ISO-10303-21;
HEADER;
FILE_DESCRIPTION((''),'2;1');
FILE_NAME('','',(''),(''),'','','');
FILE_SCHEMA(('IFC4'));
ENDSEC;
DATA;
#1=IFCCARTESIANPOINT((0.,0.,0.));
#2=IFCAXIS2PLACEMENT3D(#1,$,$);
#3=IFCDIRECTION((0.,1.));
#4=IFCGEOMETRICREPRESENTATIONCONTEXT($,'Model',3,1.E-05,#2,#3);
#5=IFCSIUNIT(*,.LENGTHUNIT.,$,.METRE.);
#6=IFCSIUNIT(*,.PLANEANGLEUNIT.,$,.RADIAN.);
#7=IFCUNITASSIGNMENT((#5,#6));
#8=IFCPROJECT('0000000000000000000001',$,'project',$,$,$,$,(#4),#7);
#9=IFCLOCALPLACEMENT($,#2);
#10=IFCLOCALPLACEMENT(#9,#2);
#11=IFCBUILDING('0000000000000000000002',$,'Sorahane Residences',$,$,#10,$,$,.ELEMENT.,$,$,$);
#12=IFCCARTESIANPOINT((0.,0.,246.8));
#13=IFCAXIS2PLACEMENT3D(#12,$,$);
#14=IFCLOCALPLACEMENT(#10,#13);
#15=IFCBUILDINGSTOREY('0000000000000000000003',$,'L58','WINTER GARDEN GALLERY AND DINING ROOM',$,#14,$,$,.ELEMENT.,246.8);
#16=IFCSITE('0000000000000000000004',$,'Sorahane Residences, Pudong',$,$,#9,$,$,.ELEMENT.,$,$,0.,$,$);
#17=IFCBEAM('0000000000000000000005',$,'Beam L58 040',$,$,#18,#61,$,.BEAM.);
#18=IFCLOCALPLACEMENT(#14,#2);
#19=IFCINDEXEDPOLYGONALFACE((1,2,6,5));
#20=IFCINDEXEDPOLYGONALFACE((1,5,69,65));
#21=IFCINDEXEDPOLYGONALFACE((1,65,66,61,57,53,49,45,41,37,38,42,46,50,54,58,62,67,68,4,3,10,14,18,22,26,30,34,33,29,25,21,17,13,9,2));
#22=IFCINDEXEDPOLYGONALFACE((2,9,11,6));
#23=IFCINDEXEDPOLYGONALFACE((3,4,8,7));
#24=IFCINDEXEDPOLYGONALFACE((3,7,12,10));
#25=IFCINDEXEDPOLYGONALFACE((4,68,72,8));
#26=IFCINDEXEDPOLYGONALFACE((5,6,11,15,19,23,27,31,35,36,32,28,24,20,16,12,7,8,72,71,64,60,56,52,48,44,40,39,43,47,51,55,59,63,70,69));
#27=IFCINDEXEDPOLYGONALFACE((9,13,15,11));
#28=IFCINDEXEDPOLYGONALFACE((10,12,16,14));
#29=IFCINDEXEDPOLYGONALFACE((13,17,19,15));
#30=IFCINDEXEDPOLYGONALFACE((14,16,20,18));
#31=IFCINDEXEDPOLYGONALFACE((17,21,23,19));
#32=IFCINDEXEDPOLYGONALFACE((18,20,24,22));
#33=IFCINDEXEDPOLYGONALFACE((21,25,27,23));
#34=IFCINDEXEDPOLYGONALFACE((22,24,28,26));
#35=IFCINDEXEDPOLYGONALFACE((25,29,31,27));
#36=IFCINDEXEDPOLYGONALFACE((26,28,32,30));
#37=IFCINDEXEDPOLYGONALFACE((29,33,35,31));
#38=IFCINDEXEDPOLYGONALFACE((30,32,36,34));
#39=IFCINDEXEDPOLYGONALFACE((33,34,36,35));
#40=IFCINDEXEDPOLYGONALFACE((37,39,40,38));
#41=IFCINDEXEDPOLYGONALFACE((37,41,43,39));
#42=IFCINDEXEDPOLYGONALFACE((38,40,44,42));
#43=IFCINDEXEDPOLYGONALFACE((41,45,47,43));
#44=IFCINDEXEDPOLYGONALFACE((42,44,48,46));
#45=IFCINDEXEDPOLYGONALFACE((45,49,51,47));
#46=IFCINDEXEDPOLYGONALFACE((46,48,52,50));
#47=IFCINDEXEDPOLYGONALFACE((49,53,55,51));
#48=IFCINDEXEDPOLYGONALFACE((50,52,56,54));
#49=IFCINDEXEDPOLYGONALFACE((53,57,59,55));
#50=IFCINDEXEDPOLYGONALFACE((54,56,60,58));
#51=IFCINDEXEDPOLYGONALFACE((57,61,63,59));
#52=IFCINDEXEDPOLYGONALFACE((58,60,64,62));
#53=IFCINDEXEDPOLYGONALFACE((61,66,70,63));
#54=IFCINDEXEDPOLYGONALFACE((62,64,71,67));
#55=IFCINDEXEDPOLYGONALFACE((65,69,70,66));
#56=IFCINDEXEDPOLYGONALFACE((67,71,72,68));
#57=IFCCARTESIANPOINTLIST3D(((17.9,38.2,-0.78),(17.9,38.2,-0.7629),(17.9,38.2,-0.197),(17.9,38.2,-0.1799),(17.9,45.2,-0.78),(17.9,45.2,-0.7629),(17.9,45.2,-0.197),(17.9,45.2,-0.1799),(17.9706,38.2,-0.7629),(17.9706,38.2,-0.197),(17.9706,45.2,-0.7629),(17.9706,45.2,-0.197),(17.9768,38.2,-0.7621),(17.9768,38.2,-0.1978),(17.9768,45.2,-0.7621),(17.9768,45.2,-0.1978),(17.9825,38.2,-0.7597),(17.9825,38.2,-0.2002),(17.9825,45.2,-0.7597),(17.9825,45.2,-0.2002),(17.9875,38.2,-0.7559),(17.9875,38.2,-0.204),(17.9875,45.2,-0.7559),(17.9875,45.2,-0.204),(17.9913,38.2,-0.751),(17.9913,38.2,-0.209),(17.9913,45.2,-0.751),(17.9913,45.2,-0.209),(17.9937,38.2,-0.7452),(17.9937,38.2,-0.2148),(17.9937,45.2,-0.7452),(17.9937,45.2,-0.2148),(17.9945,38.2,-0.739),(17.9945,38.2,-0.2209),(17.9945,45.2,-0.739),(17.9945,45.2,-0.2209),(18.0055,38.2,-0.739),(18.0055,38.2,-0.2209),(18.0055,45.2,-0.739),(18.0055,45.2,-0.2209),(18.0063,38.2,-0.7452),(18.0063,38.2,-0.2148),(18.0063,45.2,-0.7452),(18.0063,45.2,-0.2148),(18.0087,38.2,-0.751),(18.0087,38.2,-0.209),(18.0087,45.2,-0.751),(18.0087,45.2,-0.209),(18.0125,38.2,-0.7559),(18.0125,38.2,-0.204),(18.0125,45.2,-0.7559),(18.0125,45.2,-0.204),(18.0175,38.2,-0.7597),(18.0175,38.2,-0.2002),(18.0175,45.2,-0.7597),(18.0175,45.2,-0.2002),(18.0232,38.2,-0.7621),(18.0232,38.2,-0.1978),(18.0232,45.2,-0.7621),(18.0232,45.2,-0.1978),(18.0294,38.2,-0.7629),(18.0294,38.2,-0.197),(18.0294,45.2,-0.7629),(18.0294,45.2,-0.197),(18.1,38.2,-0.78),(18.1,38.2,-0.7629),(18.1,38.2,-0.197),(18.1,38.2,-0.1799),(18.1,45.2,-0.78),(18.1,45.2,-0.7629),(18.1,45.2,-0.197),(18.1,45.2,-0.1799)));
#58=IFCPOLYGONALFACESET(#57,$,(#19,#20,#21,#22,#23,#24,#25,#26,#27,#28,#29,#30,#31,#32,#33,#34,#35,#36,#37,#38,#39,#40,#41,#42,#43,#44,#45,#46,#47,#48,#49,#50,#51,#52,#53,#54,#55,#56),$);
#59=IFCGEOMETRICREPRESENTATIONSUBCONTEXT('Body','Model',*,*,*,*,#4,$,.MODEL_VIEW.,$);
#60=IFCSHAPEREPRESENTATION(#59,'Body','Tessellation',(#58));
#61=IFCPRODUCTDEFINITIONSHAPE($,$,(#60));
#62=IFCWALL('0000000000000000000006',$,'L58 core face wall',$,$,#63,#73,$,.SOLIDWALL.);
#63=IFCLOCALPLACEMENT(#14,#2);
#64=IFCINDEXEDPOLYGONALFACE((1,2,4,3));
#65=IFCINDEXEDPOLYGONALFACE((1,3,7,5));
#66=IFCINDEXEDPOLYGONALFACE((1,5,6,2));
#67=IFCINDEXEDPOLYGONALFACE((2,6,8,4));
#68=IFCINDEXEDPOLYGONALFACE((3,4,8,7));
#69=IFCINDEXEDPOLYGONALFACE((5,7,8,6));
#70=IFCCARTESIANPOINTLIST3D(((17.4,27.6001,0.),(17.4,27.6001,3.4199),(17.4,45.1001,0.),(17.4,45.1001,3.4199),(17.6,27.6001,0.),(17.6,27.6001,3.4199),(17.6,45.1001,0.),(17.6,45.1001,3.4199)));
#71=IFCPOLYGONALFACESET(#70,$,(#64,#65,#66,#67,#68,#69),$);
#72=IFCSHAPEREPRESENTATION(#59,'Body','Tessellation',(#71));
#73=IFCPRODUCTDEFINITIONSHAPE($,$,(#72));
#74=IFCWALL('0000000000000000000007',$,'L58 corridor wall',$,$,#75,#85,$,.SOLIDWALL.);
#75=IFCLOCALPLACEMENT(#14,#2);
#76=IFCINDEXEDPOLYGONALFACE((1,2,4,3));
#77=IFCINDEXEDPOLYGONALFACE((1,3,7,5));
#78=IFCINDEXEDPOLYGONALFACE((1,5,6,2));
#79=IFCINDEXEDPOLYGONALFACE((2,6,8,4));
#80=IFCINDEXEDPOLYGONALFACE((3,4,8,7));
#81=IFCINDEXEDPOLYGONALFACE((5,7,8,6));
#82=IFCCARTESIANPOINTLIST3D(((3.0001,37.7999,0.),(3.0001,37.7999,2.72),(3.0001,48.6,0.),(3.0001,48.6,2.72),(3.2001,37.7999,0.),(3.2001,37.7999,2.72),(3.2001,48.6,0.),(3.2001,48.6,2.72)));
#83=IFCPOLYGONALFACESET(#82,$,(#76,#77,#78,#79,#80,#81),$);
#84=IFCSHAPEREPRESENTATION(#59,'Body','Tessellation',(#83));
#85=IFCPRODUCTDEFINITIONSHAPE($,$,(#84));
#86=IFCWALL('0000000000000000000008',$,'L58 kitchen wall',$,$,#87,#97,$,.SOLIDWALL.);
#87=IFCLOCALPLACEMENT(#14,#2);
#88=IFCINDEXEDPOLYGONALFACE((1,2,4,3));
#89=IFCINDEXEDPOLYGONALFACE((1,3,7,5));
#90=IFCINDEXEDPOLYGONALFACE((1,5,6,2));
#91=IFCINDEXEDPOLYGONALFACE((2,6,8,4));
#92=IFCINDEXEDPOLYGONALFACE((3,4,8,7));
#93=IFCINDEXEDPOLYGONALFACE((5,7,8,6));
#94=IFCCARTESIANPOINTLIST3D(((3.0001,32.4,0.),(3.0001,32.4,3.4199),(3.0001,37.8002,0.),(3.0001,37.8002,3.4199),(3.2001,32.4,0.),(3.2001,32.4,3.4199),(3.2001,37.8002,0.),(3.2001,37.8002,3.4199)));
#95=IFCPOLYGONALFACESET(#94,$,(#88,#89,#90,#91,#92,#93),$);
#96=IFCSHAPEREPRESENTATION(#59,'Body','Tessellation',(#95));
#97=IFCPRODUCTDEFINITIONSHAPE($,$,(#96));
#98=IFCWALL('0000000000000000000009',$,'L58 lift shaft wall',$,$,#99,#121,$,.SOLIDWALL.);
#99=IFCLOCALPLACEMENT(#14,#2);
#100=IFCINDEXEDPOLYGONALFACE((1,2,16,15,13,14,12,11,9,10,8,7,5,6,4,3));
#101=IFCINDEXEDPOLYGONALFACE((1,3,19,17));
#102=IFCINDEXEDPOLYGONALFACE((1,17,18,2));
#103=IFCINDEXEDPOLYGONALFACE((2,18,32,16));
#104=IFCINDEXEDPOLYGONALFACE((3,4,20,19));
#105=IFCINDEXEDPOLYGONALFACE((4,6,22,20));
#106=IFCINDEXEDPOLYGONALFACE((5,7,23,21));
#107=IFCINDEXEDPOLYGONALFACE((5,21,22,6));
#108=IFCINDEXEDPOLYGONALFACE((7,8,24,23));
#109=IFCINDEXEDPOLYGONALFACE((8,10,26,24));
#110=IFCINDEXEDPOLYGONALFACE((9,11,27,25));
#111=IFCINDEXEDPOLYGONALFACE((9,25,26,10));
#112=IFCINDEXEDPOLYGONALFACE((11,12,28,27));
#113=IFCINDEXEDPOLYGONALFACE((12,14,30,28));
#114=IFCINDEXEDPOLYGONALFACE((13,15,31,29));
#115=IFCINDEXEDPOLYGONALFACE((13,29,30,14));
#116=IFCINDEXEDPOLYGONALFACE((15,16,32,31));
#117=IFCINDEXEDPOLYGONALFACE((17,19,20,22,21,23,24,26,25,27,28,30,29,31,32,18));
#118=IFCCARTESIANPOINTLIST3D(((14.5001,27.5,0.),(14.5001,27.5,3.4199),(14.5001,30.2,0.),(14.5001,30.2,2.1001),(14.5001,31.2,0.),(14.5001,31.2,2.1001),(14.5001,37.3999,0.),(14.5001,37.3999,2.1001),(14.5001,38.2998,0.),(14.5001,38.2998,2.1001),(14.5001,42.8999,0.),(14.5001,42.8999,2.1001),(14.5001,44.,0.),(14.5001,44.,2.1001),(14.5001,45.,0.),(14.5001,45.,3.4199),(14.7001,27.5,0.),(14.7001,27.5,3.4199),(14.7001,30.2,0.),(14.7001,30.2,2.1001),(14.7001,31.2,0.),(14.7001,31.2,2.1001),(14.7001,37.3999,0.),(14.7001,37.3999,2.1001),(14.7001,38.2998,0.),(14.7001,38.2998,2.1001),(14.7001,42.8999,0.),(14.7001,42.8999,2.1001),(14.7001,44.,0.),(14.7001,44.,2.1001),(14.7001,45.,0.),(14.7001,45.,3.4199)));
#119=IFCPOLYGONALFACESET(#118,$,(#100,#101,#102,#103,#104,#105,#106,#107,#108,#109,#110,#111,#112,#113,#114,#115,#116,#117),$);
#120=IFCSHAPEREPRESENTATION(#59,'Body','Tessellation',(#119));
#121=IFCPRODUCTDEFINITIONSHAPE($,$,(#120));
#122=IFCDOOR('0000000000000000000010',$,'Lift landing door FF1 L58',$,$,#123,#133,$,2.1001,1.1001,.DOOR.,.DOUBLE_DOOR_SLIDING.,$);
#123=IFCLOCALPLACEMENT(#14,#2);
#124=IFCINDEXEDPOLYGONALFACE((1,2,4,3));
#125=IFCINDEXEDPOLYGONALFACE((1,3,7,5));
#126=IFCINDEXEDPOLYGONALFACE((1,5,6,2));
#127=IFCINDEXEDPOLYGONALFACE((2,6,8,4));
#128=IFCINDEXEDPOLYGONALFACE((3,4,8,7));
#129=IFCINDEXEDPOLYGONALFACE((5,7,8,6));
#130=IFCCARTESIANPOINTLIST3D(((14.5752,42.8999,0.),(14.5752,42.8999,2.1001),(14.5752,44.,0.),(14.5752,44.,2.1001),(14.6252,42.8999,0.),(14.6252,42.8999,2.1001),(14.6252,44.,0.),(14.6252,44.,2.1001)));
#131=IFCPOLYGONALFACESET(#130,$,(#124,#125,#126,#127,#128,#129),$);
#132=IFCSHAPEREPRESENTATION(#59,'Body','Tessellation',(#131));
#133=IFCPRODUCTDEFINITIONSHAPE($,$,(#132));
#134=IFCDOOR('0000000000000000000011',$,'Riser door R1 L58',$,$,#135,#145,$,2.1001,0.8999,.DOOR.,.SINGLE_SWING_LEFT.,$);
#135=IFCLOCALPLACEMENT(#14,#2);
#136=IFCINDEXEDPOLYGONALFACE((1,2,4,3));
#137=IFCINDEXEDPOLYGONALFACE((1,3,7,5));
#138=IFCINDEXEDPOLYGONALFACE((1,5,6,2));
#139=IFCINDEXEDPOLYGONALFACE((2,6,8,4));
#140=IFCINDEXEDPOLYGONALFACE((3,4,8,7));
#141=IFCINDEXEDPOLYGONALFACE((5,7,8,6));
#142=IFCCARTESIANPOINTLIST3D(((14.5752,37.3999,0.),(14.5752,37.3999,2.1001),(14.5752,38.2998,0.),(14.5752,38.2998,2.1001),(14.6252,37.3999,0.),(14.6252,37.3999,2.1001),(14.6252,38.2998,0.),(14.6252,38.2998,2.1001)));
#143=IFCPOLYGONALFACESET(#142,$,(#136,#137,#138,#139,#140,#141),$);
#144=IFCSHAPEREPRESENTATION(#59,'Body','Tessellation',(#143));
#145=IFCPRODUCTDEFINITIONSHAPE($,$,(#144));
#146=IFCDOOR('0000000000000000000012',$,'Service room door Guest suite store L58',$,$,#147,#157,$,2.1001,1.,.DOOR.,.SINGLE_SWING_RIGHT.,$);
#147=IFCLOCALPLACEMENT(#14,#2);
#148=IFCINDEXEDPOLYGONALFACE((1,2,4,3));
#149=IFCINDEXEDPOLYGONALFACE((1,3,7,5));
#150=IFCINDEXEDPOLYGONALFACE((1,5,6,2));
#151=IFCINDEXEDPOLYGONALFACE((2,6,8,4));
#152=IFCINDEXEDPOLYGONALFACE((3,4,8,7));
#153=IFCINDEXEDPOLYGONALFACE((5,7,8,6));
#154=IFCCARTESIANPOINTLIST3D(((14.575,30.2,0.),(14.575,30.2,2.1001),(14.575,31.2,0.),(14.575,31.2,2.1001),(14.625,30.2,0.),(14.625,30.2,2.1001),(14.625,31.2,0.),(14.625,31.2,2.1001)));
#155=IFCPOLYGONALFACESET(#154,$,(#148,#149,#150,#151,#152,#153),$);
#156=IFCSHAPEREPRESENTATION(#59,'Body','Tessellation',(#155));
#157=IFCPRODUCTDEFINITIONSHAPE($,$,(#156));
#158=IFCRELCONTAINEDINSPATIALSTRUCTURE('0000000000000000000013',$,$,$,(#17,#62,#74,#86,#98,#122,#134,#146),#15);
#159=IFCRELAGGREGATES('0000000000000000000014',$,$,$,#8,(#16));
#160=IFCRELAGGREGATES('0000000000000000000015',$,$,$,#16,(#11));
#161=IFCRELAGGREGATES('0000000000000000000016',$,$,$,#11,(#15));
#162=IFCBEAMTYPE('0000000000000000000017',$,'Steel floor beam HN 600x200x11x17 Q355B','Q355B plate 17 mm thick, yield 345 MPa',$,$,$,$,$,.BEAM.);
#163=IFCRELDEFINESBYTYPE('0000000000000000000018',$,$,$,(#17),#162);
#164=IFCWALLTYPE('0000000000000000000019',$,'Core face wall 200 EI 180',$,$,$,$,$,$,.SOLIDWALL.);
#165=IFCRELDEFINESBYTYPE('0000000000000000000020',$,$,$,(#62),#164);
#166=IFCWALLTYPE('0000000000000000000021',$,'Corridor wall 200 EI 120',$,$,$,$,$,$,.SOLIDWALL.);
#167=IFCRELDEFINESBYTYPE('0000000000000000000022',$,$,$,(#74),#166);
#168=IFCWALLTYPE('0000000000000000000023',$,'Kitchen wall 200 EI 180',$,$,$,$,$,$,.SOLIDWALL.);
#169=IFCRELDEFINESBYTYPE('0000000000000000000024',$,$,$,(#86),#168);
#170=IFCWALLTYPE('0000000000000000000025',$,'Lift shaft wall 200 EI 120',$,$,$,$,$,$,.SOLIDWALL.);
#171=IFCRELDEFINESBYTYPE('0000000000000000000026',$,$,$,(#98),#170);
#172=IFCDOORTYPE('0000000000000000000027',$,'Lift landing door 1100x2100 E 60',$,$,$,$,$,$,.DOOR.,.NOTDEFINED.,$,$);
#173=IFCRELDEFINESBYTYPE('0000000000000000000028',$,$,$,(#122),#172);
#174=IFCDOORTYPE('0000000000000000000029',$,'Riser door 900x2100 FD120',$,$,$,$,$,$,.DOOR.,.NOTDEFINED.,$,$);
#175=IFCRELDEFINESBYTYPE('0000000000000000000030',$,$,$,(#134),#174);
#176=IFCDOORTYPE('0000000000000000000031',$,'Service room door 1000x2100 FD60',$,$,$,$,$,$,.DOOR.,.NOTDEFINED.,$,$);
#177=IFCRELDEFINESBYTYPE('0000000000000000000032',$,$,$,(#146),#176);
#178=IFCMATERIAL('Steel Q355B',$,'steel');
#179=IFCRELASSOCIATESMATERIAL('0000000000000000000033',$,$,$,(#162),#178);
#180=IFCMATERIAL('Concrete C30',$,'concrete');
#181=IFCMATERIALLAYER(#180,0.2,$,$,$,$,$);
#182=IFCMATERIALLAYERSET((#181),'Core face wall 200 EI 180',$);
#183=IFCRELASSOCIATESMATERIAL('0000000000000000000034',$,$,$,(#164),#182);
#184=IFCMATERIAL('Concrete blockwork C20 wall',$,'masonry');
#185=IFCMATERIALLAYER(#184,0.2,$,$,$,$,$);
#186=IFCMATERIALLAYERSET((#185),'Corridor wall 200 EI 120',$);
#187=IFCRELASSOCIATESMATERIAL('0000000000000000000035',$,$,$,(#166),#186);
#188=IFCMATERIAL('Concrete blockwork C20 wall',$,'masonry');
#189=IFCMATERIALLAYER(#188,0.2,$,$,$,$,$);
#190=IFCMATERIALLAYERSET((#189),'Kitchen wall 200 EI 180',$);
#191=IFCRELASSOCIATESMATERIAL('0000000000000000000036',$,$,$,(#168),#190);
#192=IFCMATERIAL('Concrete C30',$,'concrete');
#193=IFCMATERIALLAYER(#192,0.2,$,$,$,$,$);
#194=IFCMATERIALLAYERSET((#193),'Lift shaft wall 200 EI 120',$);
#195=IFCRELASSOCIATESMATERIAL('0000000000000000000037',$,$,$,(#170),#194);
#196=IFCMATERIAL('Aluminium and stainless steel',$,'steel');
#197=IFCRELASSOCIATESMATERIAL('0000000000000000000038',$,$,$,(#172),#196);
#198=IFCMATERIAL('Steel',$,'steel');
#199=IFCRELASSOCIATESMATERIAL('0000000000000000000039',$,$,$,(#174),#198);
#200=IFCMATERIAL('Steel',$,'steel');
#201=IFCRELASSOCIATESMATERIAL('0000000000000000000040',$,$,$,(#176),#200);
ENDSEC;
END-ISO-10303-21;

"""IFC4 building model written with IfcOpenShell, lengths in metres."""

from ifc_helpers import new_model, si_unit, direction, frame, frame_2d, origin, origin_2d, place, context, subcontext, project, spatial, rectangle, i_section, extrude, material, layer, layer_set, material_profile, profile_set, type_object, element, fill, save


model = new_model("IFC4")

# Units and contexts
model_context = context("Model", 3, precision=1e-05, world=origin(), true_north=direction((0.0, 1.0)))
body_context = subcontext(model_context, "Body", "Model", "MODEL_VIEW")
ifc_project = project(units=[si_unit("LENGTHUNIT", "METRE"), si_unit("PLANEANGLEUNIT", "RADIAN")], contexts=[model_context])

# Site, building, storey
site_placement = place(None, origin())
site = spatial("IfcSite", under=ifc_project, at=site_placement, Name="Sorahane Residences, Pudong", CompositionType="ELEMENT", RefElevation=0.0)
building_placement = place(site_placement, origin())
building = spatial("IfcBuilding", under=site, at=building_placement, Name="Sorahane Residences", CompositionType="ELEMENT")
storey_placement = place(building_placement, frame((0.0, 0.0, 246.8)))
storey = spatial("IfcBuildingStorey", under=building, at=storey_placement, Name="L58", Description="WINTER GARDEN GALLERY AND DINING ROOM", CompositionType="ELEMENT", Elevation=246.8)

# Beam
ifc_material_1 = material(Name="Steel Q355B", Category="steel")
ifc_material_profile_1 = material_profile(ifc_material_1, i_section(OverallWidth=0.2, OverallDepth=0.6001, WebThickness=0.011, FlangeThickness=0.0171, FilletRadius=0.0239, at=origin_2d()), Name="HN 600x200x11x17")
ifc_profile_set_1 = profile_set([ifc_material_profile_1], Name="Steel Q355B")
beam_type_1 = type_object("IfcBeamType", Name="Steel floor beam HN 600x200x11x17 Q355B", Description="Q355B plate 17 mm thick, yield 345 MPa", PredefinedType="BEAM", material=ifc_profile_set_1)
for number, where, z_axis, x_axis, name in (
    (1, (18.0, 38.2, -0.48), (0.0, 1.0, 0.0), (-1.0, 0.0, 0.0), "Beam L58 040"),
):
    element("IfcBeam", number, at=place(storey_placement, frame(where, z_axis=z_axis, x_axis=x_axis)), inside=storey, type_object=beam_type_1, Name=name, PredefinedType="BEAM", context=body_context, shape_type="SweptSolid", body=[
        extrude(i_section(OverallWidth=0.2, OverallDepth=0.6001, WebThickness=0.011, FlangeThickness=0.0171, FilletRadius=0.0239, at=origin_2d()), origin(), (0.0, 0.0, 1.0), 7.0),
    ])

# Walls
ifc_material_2 = material(Name="Concrete C30", Category="concrete")
ifc_layer_1 = layer(ifc_material_2, 0.2)
ifc_layer_set_1 = layer_set([ifc_layer_1], Name="Core face wall 200 EI 180")
wall_type_1 = type_object("IfcWallType", Name="Core face wall 200 EI 180", PredefinedType="SOLIDWALL", material=ifc_layer_set_1)
wall_1_placement = place(storey_placement, frame((17.5, 27.6001, 0.0), z_axis=(0.0, 0.0, 1.0), x_axis=(0.0, 1.0, 0.0)))
element("IfcWall", 2, at=wall_1_placement, inside=storey, type_object=wall_type_1, Name="L58 core face wall", PredefinedType="SOLIDWALL", context=body_context, shape_type="SweptSolid", body=[
    extrude(rectangle(XDim=17.5, YDim=0.2, at=frame_2d((8.75, 0.0))), origin(), (0.0, 0.0, 1.0), 3.4199),
])
ifc_material_3 = material(Name="Concrete blockwork C20 wall", Category="masonry")
ifc_layer_2 = layer(ifc_material_3, 0.2)
ifc_layer_set_2 = layer_set([ifc_layer_2], Name="Corridor wall 200 EI 120")
wall_type_2 = type_object("IfcWallType", Name="Corridor wall 200 EI 120", PredefinedType="SOLIDWALL", material=ifc_layer_set_2)
wall_2_placement = place(storey_placement, frame((3.1001, 37.8, 0.0), z_axis=(0.0, 0.0, 1.0), x_axis=(0.0, 1.0, 0.0)))
element("IfcWall", 3, at=wall_2_placement, inside=storey, type_object=wall_type_2, Name="L58 corridor wall", PredefinedType="SOLIDWALL", context=body_context, shape_type="SweptSolid", body=[
    extrude(rectangle(XDim=10.8, YDim=0.2, at=frame_2d((5.3999, 0.0))), origin(), (0.0, 0.0, 1.0), 2.72),
])
ifc_material_4 = material(Name="Concrete blockwork C20 wall", Category="masonry")
ifc_layer_3 = layer(ifc_material_4, 0.2)
ifc_layer_set_3 = layer_set([ifc_layer_3], Name="Kitchen wall 200 EI 180")
wall_type_3 = type_object("IfcWallType", Name="Kitchen wall 200 EI 180", PredefinedType="SOLIDWALL", material=ifc_layer_set_3)
wall_3_placement = place(storey_placement, frame((3.1001, 32.3999, 0.0), z_axis=(0.0, 0.0, 1.0), x_axis=(0.0, 1.0, 0.0)))
element("IfcWall", 4, at=wall_3_placement, inside=storey, type_object=wall_type_3, Name="L58 kitchen wall", PredefinedType="SOLIDWALL", context=body_context, shape_type="SweptSolid", body=[
    extrude(rectangle(XDim=5.4001, YDim=0.2, at=frame_2d((2.7002, 0.0))), origin(), (0.0, 0.0, 1.0), 3.4199),
])

# Wall, openings, doors
ifc_material_5 = material(Name="Concrete C30", Category="concrete")
ifc_layer_4 = layer(ifc_material_5, 0.2)
ifc_layer_set_4 = layer_set([ifc_layer_4], Name="Lift shaft wall 200 EI 120")
wall_type_4 = type_object("IfcWallType", Name="Lift shaft wall 200 EI 120", PredefinedType="SOLIDWALL", material=ifc_layer_set_4)
wall_4_placement = place(storey_placement, frame((14.6001, 27.5, 0.0), z_axis=(0.0, 0.0, 1.0), x_axis=(0.0, 1.0, 0.0)))
wall_4 = element("IfcWall", 5, at=wall_4_placement, inside=storey, type_object=wall_type_4, Name="L58 lift shaft wall", PredefinedType="SOLIDWALL", context=body_context, shape_type="SweptSolid", body=[
    extrude(rectangle(XDim=17.5, YDim=0.2, at=frame_2d((8.75, 0.0))), origin(), (0.0, 0.0, 1.0), 3.4199),
])
opening_1_placement = place(wall_4_placement, frame((15.3999, 0.0, 0.0)))
opening_1 = element("IfcOpeningElement", 6, at=opening_1_placement, cuts=wall_4, PredefinedType="OPENING", context=body_context, shape_type="SweptSolid", body=[
    extrude(rectangle(XDim=1.1001, YDim=2.1001, at=frame_2d((0.55, 1.05))), frame((0.0, 0.1099, 0.0), z_axis=(0.0, -1.0, 0.0), x_axis=(1.0, 0.0, 0.0)), (0.0, 0.0, 1.0), 0.22),
])
opening_2_placement = place(wall_4_placement, frame((2.7, 0.0, 0.0)))
opening_2 = element("IfcOpeningElement", 7, at=opening_2_placement, cuts=wall_4, PredefinedType="OPENING", context=body_context, shape_type="SweptSolid", body=[
    extrude(rectangle(XDim=1.0, YDim=2.1001, at=frame_2d((0.5, 1.05))), frame((0.0, 0.1099, 0.0), z_axis=(0.0, -1.0, 0.0), x_axis=(1.0, 0.0, 0.0)), (0.0, 0.0, 1.0), 0.22),
])
opening_3_placement = place(wall_4_placement, frame((9.8999, 0.0, 0.0)))
opening_3 = element("IfcOpeningElement", 8, at=opening_3_placement, cuts=wall_4, PredefinedType="OPENING", context=body_context, shape_type="SweptSolid", body=[
    extrude(rectangle(XDim=0.8999, YDim=2.1001, at=frame_2d((0.45, 1.05))), frame((0.0, 0.1099, 0.0), z_axis=(0.0, -1.0, 0.0), x_axis=(1.0, 0.0, 0.0)), (0.0, 0.0, 1.0), 0.22),
])
ifc_material_6 = material(Name="Aluminium and stainless steel", Category="steel")
door_type_1 = type_object("IfcDoorType", Name="Lift landing door 1100x2100 E 60", OperationType="NOTDEFINED", PredefinedType="DOOR", material=ifc_material_6)
door_1_placement = place(opening_1_placement, origin())
door_1 = element("IfcDoor", 9, at=door_1_placement, inside=storey, type_object=door_type_1, Name="Lift landing door FF1 L58", OperationType="DOUBLE_DOOR_SLIDING", OverallHeight=2.1001, OverallWidth=1.1001, PredefinedType="DOOR", context=body_context, shape_type="SweptSolid", body=[
    extrude(rectangle(XDim=1.1001, YDim=2.1001, at=frame_2d((0.55, 1.05))), frame((0.0, 0.0249, 0.0), z_axis=(0.0, -1.0, 0.0), x_axis=(1.0, 0.0, 0.0)), (0.0, 0.0, 1.0), 0.05),
])
fill(opening_1, door_1)
ifc_material_7 = material(Name="Steel", Category="steel")
door_type_2 = type_object("IfcDoorType", Name="Riser door 900x2100 FD120", OperationType="NOTDEFINED", PredefinedType="DOOR", material=ifc_material_7)
door_2_placement = place(opening_3_placement, origin())
door_2 = element("IfcDoor", 10, at=door_2_placement, inside=storey, type_object=door_type_2, Name="Riser door R1 L58", OperationType="SINGLE_SWING_LEFT", OverallHeight=2.1001, OverallWidth=0.8999, PredefinedType="DOOR", context=body_context, shape_type="SweptSolid", body=[
    extrude(rectangle(XDim=0.8999, YDim=2.1001, at=frame_2d((0.45, 1.05))), frame((0.0, 0.0249, 0.0), z_axis=(0.0, -1.0, 0.0), x_axis=(1.0, 0.0, 0.0)), (0.0, 0.0, 1.0), 0.05),
])
fill(opening_3, door_2)
ifc_material_8 = material(Name="Steel", Category="steel")
door_type_3 = type_object("IfcDoorType", Name="Service room door 1000x2100 FD60", OperationType="NOTDEFINED", PredefinedType="DOOR", material=ifc_material_8)
door_3_placement = place(opening_2_placement, frame((1.0, 0.0, 0.0), z_axis=(0.0, 0.0, 1.0), x_axis=(-1.0, 0.0, 0.0)))
door_3 = element("IfcDoor", 11, at=door_3_placement, inside=storey, type_object=door_type_3, Name="Service room door Guest suite store L58", OperationType="SINGLE_SWING_RIGHT", OverallHeight=2.1001, OverallWidth=1.0, PredefinedType="DOOR", context=body_context, shape_type="SweptSolid", body=[
    extrude(rectangle(XDim=1.0, YDim=2.1001, at=frame_2d((0.5, 1.05))), frame((0.0, 0.0249, 0.0), z_axis=(0.0, -1.0, 0.0), x_axis=(1.0, 0.0, 0.0)), (0.0, 0.0, 1.0), 0.05),
])
fill(opening_2, door_3)

save(model, "model.ifc")
